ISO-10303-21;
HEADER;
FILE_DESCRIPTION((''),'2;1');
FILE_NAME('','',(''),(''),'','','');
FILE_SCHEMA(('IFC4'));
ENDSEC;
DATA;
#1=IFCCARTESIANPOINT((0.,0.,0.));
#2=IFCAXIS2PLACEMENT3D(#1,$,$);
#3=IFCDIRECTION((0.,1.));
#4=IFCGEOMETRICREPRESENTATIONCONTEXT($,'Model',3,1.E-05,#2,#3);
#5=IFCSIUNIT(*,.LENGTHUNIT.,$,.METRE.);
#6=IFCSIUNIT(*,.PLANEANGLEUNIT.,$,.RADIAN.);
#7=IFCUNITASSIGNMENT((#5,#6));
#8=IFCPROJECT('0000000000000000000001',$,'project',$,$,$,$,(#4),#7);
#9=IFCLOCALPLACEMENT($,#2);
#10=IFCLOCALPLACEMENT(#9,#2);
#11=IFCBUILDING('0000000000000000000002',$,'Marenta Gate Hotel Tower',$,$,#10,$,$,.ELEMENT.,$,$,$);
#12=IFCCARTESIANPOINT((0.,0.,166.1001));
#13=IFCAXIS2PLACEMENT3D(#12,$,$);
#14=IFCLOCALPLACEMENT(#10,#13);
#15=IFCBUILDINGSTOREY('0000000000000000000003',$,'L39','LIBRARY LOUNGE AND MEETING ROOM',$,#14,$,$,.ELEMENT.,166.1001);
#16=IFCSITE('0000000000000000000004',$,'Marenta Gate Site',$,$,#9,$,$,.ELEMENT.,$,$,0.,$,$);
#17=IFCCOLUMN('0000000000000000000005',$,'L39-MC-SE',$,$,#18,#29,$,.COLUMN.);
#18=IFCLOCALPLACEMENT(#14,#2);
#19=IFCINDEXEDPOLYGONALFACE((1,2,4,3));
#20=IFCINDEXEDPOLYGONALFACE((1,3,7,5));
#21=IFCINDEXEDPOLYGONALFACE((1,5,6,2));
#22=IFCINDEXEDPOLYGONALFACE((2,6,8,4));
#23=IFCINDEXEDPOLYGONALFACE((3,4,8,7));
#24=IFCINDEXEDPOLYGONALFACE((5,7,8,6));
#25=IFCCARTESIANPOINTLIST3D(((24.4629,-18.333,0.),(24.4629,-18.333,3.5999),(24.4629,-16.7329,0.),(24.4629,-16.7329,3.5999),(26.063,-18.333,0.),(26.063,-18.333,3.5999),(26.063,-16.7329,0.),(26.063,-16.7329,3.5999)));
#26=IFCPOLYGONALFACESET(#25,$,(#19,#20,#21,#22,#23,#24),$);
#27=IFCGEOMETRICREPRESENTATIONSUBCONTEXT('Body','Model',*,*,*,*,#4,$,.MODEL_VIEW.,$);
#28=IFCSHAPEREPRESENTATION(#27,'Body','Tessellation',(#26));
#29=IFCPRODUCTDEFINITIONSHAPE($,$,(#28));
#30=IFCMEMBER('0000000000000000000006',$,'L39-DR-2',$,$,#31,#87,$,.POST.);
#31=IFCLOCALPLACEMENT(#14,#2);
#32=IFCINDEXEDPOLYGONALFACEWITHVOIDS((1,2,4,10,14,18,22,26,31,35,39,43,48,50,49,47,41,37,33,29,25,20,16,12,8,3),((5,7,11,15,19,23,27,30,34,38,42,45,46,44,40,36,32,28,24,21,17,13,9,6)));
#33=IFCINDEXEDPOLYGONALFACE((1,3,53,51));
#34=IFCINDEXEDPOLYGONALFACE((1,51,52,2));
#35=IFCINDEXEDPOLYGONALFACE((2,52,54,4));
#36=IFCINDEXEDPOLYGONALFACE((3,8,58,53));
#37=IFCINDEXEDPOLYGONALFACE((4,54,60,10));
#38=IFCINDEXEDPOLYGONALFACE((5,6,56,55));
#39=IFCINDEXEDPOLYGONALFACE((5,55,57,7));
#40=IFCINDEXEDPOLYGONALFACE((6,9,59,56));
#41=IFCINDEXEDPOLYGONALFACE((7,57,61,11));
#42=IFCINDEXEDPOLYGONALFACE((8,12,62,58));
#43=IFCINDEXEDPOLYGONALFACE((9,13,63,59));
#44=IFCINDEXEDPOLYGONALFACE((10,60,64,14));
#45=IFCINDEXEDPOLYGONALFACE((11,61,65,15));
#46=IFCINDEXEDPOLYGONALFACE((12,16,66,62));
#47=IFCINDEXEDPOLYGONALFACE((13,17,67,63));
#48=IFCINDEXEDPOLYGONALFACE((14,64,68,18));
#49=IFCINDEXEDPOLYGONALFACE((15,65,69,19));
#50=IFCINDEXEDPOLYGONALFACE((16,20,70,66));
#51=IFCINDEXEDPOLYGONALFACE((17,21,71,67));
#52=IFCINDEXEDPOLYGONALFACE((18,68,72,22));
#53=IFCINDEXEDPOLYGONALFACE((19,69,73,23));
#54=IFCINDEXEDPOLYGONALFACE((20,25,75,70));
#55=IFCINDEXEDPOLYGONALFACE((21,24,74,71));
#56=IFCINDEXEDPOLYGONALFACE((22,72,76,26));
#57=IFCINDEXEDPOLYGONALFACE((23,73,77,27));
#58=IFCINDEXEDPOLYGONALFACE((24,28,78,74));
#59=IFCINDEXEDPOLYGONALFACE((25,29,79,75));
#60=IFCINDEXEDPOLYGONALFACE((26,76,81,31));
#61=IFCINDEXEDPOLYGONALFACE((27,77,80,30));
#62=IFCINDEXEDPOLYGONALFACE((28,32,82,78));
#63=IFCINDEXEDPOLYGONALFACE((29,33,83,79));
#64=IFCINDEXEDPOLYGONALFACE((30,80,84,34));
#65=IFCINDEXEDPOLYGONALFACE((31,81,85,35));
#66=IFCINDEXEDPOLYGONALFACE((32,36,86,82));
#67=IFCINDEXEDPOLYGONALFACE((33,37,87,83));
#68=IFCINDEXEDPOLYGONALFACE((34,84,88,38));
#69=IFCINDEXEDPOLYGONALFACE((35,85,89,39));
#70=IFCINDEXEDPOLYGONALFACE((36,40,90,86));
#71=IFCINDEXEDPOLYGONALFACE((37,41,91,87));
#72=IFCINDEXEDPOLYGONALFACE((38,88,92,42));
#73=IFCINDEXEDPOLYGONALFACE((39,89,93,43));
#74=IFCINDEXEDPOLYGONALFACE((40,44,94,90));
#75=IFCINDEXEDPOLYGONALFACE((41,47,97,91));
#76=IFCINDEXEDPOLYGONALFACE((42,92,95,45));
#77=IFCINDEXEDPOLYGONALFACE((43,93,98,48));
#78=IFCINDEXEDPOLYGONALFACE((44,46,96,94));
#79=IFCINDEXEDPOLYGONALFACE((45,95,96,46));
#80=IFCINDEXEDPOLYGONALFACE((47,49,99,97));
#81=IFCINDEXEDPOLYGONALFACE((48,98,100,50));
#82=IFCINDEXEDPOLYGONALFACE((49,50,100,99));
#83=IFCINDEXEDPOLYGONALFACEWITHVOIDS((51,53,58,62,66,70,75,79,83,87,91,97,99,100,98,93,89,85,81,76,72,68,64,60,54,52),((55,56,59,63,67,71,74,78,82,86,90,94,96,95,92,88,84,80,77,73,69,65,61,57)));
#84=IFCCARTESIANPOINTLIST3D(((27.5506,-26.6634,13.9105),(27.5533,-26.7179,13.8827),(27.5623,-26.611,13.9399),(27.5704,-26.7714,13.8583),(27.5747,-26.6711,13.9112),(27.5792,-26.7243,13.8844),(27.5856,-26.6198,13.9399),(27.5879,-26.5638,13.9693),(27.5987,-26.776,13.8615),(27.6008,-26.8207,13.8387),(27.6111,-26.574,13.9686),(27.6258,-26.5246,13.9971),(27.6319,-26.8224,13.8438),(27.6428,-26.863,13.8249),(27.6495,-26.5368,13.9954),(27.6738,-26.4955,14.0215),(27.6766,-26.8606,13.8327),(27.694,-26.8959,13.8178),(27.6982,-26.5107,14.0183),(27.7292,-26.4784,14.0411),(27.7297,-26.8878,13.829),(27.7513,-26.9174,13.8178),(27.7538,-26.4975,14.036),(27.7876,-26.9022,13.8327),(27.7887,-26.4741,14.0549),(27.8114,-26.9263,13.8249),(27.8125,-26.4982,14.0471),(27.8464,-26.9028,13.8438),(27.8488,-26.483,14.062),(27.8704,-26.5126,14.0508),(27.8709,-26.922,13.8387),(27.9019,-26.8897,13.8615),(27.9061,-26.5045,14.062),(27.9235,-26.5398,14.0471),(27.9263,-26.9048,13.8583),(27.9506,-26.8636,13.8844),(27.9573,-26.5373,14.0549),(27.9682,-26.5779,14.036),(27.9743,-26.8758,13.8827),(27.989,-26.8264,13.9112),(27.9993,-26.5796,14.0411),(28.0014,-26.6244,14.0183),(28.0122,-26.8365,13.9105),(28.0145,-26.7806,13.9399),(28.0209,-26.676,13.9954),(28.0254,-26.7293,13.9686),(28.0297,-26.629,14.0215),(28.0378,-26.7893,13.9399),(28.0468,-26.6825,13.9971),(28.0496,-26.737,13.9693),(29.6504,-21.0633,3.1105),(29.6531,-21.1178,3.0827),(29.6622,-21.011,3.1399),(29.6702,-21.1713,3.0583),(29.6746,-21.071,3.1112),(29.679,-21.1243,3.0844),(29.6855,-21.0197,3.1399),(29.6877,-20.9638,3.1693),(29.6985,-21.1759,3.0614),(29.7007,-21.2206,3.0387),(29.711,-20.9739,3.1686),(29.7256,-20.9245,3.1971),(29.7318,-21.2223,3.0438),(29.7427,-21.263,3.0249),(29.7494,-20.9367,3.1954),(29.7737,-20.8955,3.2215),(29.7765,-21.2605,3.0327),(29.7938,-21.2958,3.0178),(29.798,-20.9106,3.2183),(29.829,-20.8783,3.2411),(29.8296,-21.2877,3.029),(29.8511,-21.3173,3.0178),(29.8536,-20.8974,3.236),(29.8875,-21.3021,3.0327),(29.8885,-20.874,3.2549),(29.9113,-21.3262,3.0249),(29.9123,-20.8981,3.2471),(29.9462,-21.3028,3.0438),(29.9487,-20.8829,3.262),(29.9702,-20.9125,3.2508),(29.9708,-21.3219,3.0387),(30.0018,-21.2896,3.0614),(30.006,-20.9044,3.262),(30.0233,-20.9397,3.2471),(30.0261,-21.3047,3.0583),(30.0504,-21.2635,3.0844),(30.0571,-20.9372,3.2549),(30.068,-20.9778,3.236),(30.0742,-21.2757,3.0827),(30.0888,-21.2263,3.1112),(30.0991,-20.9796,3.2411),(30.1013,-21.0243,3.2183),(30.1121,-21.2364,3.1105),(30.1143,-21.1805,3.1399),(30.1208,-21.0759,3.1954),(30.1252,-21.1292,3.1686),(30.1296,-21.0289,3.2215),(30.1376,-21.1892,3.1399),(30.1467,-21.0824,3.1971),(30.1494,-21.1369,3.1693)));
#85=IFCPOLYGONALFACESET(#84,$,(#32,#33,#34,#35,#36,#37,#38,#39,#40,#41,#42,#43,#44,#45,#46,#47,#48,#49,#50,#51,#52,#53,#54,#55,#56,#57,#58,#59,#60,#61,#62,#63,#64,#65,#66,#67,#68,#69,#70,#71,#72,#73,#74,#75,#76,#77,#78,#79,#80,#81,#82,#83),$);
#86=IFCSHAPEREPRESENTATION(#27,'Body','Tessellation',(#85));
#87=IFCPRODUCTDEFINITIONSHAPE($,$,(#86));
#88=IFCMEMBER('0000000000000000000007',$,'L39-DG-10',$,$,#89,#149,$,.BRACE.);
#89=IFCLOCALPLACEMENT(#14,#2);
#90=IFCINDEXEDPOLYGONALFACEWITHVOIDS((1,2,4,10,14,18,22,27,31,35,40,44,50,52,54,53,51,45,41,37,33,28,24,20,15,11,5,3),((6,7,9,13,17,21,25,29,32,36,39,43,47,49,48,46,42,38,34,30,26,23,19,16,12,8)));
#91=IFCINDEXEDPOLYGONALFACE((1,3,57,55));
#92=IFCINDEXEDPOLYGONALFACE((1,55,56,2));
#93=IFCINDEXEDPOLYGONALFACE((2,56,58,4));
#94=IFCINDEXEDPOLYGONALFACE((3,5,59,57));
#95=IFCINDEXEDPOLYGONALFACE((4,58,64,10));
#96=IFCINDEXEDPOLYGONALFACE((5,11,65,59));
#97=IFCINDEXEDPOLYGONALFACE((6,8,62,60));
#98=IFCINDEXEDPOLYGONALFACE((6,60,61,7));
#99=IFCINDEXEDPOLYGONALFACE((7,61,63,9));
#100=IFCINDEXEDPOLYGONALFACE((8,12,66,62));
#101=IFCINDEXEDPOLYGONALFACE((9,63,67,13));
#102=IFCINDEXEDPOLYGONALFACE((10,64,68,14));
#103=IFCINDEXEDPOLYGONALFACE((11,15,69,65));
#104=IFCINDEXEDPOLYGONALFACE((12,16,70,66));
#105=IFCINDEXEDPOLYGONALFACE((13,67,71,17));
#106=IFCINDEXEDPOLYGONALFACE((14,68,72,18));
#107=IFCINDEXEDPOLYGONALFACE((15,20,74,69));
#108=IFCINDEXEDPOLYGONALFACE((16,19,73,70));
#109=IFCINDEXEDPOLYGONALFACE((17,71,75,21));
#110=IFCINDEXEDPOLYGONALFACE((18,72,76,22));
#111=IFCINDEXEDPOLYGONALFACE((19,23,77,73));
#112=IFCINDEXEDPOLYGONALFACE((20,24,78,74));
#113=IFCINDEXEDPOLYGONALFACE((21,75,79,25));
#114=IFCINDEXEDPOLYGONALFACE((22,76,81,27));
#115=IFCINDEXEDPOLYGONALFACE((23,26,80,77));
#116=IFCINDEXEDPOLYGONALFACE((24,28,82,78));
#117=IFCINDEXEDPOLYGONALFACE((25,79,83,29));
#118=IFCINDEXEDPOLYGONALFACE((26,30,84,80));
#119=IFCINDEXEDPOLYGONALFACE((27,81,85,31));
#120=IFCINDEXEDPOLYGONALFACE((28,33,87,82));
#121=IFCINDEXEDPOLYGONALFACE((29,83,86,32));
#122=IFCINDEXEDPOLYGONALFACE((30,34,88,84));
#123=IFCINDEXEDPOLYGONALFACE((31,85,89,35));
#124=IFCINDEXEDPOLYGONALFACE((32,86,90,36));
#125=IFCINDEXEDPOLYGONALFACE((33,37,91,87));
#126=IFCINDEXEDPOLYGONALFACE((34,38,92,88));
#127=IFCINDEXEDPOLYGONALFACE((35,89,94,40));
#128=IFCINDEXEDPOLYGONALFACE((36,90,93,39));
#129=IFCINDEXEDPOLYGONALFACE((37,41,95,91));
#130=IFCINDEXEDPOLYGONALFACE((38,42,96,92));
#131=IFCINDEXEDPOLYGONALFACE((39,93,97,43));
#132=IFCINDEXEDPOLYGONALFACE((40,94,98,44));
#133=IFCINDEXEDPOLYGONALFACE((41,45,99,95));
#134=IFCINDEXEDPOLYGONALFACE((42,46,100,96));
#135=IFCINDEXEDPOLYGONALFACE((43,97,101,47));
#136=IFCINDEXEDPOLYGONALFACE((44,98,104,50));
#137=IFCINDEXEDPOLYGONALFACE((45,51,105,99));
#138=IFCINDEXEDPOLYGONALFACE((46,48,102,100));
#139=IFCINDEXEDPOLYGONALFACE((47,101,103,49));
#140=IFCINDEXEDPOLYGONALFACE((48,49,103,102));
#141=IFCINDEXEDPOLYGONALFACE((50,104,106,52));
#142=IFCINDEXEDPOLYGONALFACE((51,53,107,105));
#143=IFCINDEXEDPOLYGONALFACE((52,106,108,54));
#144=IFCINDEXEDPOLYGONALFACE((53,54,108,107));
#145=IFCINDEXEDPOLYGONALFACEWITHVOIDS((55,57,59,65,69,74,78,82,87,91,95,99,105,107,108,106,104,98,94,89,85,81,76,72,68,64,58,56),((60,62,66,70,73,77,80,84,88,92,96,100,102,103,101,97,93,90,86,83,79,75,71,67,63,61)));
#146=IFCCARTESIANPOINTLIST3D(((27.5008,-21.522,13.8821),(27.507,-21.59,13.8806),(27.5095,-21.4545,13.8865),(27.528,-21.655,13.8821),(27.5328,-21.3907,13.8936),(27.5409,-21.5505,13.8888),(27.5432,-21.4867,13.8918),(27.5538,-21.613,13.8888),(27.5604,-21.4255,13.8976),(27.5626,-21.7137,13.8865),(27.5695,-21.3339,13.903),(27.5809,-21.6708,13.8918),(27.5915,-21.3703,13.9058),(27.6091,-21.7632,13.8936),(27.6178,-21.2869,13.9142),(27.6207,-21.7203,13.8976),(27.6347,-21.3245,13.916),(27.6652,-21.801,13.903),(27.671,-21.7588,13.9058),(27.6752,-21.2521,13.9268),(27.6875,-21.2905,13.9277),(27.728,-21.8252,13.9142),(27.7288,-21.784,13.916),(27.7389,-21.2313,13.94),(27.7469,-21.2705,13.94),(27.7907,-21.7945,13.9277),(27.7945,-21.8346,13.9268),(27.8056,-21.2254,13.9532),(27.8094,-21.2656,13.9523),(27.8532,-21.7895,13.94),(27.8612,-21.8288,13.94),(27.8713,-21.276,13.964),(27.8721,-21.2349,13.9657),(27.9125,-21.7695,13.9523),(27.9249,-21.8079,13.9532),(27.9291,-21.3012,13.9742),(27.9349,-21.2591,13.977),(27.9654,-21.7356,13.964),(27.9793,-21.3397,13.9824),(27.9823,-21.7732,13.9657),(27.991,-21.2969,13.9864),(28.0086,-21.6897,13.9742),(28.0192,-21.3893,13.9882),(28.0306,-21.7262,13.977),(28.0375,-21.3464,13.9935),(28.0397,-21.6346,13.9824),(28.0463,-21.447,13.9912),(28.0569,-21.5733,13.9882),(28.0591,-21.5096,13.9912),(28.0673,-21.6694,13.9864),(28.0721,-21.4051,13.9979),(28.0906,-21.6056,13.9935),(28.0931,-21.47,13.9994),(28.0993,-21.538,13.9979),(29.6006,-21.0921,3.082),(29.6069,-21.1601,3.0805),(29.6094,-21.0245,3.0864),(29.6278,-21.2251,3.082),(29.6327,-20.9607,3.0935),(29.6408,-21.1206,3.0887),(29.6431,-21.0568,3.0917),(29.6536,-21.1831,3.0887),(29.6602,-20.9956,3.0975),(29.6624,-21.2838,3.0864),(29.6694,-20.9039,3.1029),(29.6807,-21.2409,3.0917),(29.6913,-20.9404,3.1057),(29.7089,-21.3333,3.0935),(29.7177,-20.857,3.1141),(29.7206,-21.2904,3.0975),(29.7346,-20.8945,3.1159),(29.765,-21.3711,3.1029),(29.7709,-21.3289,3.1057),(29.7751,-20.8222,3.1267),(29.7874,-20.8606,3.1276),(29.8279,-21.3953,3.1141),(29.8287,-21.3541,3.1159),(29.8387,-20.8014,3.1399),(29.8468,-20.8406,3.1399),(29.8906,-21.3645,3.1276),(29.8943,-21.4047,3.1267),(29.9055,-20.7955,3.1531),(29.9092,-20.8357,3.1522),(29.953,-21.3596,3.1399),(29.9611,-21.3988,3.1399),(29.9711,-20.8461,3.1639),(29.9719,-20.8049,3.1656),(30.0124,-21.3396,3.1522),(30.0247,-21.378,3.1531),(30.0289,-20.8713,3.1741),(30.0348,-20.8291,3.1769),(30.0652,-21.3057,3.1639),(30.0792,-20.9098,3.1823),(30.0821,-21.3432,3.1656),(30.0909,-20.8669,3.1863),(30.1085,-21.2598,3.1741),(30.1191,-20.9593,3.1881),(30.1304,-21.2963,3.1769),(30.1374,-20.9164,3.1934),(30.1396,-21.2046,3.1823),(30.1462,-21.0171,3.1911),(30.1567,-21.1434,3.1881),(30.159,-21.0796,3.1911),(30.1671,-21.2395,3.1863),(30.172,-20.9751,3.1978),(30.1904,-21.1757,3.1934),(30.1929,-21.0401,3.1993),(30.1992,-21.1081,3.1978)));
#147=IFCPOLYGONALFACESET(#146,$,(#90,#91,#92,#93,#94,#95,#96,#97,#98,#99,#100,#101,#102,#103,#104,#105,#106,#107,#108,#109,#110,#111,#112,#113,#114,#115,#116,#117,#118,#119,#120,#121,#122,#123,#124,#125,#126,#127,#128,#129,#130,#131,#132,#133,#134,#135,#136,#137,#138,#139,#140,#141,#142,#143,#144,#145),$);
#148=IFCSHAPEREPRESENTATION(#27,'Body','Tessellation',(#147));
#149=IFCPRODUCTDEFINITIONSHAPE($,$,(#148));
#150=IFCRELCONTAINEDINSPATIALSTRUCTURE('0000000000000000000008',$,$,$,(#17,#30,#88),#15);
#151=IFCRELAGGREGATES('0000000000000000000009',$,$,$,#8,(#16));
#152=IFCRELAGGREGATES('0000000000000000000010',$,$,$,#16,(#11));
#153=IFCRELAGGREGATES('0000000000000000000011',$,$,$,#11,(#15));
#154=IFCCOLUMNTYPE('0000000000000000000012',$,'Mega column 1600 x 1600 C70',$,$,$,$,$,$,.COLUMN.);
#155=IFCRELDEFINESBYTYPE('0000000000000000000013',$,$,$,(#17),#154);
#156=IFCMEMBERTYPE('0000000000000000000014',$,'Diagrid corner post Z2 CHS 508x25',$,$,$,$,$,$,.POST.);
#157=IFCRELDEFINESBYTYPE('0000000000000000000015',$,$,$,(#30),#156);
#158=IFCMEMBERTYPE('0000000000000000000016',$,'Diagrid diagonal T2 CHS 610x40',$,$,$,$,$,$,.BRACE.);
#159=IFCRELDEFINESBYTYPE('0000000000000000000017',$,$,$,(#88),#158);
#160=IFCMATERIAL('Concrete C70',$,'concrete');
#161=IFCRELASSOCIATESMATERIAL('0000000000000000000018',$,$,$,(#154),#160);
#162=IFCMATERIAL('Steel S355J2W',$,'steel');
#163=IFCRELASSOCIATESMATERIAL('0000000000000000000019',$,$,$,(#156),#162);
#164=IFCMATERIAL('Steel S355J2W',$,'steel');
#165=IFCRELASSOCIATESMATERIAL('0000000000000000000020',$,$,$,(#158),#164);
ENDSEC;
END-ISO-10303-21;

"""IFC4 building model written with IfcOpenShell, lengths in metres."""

from ifc_helpers import new_model, si_unit, direction, frame, origin, origin_2d, place, context, subcontext, project, spatial, rectangle, hollow_circle, extrude, material, material_profile, profile_set, type_object, element, save


model = new_model("IFC4")

# Units and contexts
model_context = context("Model", 3, precision=1e-05, world=origin(), true_north=direction((0.0, 1.0)))
body_context = subcontext(model_context, "Body", "Model", "MODEL_VIEW")
ifc_project = project(units=[si_unit("LENGTHUNIT", "METRE"), si_unit("PLANEANGLEUNIT", "RADIAN")], contexts=[model_context])

# Site, building, storey
site_placement = place(None, origin())
site = spatial("IfcSite", under=ifc_project, at=site_placement, Name="Marenta Gate Site", CompositionType="ELEMENT", RefElevation=0.0)
building_placement = place(site_placement, origin())
building = spatial("IfcBuilding", under=site, at=building_placement, Name="Marenta Gate Hotel Tower", CompositionType="ELEMENT")
storey_placement = place(building_placement, frame((0.0, 0.0, 166.1001)))
storey = spatial("IfcBuildingStorey", under=building, at=storey_placement, Name="L39", Description="LIBRARY LOUNGE AND MEETING ROOM", CompositionType="ELEMENT", Elevation=166.1001)

# Column
ifc_material_1 = material(Name="Concrete C70", Category="concrete")
ifc_material_profile_1 = material_profile(ifc_material_1, rectangle(XDim=1.6001, YDim=1.6001, at=origin_2d()), Name="1600 x 1600")
ifc_profile_set_1 = profile_set([ifc_material_profile_1], Name="Concrete C70")
column_type = type_object("IfcColumnType", Name="Mega column 1600 x 1600 C70", PredefinedType="COLUMN", material=ifc_profile_set_1)
column_placement = place(storey_placement, frame((25.2629, -17.533, 0.0), z_axis=(0.0, 0.0, 1.0), x_axis=(1.0, 0.0, 0.0)))
element("IfcColumn", 1, at=column_placement, inside=storey, type_object=column_type, Name="L39-MC-SE", PredefinedType="COLUMN", context=body_context, shape_type="SweptSolid", body=[
    extrude(rectangle(XDim=1.6001, YDim=1.6001, at=origin_2d()), origin(), (0.0, 0.0, 1.0), 3.5999),
])

# Members
ifc_material_2 = material(Name="Steel S355J2W", Category="steel")
ifc_material_profile_2 = material_profile(ifc_material_2, hollow_circle(Radius=0.2539, WallThickness=0.0249, at=origin_2d()), Name="CHS 508x25")
ifc_profile_set_2 = profile_set([ifc_material_profile_2], Name="Steel S355J2W")
member_type_1 = type_object("IfcMemberType", Name="Diagrid corner post Z2 CHS 508x25", PredefinedType="POST", material=ifc_profile_set_2)
member_1_placement = place(storey_placement, frame((29.8999, -21.1001, 3.1399), z_axis=(-0.170091, -0.453614, 0.874816), x_axis=(0.936339, -0.351097, 0.0)))
element("IfcMember", 2, at=member_1_placement, inside=storey, type_object=member_type_1, Name="L39-DR-2", PredefinedType="POST", context=body_context, shape_type="SweptSolid", body=[
    extrude(hollow_circle(Radius=0.2539, WallThickness=0.0249, at=origin_2d()), origin(), (0.0, 0.0, 1.0), 12.3455),
])
ifc_material_3 = material(Name="Steel S355J2W", Category="steel")
ifc_material_profile_3 = material_profile(ifc_material_3, hollow_circle(Radius=0.3049, WallThickness=0.04, at=origin_2d()), Name="CHS 610x40")
ifc_profile_set_3 = profile_set([ifc_material_profile_3], Name="Steel S355J2W")
member_type_2 = type_object("IfcMemberType", Name="Diagrid diagonal T2 CHS 610x40", PredefinedType="BRACE", material=ifc_profile_set_3)
member_2_placement = place(storey_placement, frame((29.8999, -21.1001, 3.1399), z_axis=(-0.19071, -0.039047, 0.980869), x_axis=(0.200583, -0.979677, 0.0)))
element("IfcMember", 3, at=member_2_placement, inside=storey, type_object=member_type_2, Name="L39-DG-10", PredefinedType="BRACE", context=body_context, shape_type="SweptSolid", body=[
    extrude(hollow_circle(Radius=0.3049, WallThickness=0.04, at=origin_2d()), origin(), (0.0, 0.0, 1.0), 11.0107),
])

save(model, "model.ifc")
